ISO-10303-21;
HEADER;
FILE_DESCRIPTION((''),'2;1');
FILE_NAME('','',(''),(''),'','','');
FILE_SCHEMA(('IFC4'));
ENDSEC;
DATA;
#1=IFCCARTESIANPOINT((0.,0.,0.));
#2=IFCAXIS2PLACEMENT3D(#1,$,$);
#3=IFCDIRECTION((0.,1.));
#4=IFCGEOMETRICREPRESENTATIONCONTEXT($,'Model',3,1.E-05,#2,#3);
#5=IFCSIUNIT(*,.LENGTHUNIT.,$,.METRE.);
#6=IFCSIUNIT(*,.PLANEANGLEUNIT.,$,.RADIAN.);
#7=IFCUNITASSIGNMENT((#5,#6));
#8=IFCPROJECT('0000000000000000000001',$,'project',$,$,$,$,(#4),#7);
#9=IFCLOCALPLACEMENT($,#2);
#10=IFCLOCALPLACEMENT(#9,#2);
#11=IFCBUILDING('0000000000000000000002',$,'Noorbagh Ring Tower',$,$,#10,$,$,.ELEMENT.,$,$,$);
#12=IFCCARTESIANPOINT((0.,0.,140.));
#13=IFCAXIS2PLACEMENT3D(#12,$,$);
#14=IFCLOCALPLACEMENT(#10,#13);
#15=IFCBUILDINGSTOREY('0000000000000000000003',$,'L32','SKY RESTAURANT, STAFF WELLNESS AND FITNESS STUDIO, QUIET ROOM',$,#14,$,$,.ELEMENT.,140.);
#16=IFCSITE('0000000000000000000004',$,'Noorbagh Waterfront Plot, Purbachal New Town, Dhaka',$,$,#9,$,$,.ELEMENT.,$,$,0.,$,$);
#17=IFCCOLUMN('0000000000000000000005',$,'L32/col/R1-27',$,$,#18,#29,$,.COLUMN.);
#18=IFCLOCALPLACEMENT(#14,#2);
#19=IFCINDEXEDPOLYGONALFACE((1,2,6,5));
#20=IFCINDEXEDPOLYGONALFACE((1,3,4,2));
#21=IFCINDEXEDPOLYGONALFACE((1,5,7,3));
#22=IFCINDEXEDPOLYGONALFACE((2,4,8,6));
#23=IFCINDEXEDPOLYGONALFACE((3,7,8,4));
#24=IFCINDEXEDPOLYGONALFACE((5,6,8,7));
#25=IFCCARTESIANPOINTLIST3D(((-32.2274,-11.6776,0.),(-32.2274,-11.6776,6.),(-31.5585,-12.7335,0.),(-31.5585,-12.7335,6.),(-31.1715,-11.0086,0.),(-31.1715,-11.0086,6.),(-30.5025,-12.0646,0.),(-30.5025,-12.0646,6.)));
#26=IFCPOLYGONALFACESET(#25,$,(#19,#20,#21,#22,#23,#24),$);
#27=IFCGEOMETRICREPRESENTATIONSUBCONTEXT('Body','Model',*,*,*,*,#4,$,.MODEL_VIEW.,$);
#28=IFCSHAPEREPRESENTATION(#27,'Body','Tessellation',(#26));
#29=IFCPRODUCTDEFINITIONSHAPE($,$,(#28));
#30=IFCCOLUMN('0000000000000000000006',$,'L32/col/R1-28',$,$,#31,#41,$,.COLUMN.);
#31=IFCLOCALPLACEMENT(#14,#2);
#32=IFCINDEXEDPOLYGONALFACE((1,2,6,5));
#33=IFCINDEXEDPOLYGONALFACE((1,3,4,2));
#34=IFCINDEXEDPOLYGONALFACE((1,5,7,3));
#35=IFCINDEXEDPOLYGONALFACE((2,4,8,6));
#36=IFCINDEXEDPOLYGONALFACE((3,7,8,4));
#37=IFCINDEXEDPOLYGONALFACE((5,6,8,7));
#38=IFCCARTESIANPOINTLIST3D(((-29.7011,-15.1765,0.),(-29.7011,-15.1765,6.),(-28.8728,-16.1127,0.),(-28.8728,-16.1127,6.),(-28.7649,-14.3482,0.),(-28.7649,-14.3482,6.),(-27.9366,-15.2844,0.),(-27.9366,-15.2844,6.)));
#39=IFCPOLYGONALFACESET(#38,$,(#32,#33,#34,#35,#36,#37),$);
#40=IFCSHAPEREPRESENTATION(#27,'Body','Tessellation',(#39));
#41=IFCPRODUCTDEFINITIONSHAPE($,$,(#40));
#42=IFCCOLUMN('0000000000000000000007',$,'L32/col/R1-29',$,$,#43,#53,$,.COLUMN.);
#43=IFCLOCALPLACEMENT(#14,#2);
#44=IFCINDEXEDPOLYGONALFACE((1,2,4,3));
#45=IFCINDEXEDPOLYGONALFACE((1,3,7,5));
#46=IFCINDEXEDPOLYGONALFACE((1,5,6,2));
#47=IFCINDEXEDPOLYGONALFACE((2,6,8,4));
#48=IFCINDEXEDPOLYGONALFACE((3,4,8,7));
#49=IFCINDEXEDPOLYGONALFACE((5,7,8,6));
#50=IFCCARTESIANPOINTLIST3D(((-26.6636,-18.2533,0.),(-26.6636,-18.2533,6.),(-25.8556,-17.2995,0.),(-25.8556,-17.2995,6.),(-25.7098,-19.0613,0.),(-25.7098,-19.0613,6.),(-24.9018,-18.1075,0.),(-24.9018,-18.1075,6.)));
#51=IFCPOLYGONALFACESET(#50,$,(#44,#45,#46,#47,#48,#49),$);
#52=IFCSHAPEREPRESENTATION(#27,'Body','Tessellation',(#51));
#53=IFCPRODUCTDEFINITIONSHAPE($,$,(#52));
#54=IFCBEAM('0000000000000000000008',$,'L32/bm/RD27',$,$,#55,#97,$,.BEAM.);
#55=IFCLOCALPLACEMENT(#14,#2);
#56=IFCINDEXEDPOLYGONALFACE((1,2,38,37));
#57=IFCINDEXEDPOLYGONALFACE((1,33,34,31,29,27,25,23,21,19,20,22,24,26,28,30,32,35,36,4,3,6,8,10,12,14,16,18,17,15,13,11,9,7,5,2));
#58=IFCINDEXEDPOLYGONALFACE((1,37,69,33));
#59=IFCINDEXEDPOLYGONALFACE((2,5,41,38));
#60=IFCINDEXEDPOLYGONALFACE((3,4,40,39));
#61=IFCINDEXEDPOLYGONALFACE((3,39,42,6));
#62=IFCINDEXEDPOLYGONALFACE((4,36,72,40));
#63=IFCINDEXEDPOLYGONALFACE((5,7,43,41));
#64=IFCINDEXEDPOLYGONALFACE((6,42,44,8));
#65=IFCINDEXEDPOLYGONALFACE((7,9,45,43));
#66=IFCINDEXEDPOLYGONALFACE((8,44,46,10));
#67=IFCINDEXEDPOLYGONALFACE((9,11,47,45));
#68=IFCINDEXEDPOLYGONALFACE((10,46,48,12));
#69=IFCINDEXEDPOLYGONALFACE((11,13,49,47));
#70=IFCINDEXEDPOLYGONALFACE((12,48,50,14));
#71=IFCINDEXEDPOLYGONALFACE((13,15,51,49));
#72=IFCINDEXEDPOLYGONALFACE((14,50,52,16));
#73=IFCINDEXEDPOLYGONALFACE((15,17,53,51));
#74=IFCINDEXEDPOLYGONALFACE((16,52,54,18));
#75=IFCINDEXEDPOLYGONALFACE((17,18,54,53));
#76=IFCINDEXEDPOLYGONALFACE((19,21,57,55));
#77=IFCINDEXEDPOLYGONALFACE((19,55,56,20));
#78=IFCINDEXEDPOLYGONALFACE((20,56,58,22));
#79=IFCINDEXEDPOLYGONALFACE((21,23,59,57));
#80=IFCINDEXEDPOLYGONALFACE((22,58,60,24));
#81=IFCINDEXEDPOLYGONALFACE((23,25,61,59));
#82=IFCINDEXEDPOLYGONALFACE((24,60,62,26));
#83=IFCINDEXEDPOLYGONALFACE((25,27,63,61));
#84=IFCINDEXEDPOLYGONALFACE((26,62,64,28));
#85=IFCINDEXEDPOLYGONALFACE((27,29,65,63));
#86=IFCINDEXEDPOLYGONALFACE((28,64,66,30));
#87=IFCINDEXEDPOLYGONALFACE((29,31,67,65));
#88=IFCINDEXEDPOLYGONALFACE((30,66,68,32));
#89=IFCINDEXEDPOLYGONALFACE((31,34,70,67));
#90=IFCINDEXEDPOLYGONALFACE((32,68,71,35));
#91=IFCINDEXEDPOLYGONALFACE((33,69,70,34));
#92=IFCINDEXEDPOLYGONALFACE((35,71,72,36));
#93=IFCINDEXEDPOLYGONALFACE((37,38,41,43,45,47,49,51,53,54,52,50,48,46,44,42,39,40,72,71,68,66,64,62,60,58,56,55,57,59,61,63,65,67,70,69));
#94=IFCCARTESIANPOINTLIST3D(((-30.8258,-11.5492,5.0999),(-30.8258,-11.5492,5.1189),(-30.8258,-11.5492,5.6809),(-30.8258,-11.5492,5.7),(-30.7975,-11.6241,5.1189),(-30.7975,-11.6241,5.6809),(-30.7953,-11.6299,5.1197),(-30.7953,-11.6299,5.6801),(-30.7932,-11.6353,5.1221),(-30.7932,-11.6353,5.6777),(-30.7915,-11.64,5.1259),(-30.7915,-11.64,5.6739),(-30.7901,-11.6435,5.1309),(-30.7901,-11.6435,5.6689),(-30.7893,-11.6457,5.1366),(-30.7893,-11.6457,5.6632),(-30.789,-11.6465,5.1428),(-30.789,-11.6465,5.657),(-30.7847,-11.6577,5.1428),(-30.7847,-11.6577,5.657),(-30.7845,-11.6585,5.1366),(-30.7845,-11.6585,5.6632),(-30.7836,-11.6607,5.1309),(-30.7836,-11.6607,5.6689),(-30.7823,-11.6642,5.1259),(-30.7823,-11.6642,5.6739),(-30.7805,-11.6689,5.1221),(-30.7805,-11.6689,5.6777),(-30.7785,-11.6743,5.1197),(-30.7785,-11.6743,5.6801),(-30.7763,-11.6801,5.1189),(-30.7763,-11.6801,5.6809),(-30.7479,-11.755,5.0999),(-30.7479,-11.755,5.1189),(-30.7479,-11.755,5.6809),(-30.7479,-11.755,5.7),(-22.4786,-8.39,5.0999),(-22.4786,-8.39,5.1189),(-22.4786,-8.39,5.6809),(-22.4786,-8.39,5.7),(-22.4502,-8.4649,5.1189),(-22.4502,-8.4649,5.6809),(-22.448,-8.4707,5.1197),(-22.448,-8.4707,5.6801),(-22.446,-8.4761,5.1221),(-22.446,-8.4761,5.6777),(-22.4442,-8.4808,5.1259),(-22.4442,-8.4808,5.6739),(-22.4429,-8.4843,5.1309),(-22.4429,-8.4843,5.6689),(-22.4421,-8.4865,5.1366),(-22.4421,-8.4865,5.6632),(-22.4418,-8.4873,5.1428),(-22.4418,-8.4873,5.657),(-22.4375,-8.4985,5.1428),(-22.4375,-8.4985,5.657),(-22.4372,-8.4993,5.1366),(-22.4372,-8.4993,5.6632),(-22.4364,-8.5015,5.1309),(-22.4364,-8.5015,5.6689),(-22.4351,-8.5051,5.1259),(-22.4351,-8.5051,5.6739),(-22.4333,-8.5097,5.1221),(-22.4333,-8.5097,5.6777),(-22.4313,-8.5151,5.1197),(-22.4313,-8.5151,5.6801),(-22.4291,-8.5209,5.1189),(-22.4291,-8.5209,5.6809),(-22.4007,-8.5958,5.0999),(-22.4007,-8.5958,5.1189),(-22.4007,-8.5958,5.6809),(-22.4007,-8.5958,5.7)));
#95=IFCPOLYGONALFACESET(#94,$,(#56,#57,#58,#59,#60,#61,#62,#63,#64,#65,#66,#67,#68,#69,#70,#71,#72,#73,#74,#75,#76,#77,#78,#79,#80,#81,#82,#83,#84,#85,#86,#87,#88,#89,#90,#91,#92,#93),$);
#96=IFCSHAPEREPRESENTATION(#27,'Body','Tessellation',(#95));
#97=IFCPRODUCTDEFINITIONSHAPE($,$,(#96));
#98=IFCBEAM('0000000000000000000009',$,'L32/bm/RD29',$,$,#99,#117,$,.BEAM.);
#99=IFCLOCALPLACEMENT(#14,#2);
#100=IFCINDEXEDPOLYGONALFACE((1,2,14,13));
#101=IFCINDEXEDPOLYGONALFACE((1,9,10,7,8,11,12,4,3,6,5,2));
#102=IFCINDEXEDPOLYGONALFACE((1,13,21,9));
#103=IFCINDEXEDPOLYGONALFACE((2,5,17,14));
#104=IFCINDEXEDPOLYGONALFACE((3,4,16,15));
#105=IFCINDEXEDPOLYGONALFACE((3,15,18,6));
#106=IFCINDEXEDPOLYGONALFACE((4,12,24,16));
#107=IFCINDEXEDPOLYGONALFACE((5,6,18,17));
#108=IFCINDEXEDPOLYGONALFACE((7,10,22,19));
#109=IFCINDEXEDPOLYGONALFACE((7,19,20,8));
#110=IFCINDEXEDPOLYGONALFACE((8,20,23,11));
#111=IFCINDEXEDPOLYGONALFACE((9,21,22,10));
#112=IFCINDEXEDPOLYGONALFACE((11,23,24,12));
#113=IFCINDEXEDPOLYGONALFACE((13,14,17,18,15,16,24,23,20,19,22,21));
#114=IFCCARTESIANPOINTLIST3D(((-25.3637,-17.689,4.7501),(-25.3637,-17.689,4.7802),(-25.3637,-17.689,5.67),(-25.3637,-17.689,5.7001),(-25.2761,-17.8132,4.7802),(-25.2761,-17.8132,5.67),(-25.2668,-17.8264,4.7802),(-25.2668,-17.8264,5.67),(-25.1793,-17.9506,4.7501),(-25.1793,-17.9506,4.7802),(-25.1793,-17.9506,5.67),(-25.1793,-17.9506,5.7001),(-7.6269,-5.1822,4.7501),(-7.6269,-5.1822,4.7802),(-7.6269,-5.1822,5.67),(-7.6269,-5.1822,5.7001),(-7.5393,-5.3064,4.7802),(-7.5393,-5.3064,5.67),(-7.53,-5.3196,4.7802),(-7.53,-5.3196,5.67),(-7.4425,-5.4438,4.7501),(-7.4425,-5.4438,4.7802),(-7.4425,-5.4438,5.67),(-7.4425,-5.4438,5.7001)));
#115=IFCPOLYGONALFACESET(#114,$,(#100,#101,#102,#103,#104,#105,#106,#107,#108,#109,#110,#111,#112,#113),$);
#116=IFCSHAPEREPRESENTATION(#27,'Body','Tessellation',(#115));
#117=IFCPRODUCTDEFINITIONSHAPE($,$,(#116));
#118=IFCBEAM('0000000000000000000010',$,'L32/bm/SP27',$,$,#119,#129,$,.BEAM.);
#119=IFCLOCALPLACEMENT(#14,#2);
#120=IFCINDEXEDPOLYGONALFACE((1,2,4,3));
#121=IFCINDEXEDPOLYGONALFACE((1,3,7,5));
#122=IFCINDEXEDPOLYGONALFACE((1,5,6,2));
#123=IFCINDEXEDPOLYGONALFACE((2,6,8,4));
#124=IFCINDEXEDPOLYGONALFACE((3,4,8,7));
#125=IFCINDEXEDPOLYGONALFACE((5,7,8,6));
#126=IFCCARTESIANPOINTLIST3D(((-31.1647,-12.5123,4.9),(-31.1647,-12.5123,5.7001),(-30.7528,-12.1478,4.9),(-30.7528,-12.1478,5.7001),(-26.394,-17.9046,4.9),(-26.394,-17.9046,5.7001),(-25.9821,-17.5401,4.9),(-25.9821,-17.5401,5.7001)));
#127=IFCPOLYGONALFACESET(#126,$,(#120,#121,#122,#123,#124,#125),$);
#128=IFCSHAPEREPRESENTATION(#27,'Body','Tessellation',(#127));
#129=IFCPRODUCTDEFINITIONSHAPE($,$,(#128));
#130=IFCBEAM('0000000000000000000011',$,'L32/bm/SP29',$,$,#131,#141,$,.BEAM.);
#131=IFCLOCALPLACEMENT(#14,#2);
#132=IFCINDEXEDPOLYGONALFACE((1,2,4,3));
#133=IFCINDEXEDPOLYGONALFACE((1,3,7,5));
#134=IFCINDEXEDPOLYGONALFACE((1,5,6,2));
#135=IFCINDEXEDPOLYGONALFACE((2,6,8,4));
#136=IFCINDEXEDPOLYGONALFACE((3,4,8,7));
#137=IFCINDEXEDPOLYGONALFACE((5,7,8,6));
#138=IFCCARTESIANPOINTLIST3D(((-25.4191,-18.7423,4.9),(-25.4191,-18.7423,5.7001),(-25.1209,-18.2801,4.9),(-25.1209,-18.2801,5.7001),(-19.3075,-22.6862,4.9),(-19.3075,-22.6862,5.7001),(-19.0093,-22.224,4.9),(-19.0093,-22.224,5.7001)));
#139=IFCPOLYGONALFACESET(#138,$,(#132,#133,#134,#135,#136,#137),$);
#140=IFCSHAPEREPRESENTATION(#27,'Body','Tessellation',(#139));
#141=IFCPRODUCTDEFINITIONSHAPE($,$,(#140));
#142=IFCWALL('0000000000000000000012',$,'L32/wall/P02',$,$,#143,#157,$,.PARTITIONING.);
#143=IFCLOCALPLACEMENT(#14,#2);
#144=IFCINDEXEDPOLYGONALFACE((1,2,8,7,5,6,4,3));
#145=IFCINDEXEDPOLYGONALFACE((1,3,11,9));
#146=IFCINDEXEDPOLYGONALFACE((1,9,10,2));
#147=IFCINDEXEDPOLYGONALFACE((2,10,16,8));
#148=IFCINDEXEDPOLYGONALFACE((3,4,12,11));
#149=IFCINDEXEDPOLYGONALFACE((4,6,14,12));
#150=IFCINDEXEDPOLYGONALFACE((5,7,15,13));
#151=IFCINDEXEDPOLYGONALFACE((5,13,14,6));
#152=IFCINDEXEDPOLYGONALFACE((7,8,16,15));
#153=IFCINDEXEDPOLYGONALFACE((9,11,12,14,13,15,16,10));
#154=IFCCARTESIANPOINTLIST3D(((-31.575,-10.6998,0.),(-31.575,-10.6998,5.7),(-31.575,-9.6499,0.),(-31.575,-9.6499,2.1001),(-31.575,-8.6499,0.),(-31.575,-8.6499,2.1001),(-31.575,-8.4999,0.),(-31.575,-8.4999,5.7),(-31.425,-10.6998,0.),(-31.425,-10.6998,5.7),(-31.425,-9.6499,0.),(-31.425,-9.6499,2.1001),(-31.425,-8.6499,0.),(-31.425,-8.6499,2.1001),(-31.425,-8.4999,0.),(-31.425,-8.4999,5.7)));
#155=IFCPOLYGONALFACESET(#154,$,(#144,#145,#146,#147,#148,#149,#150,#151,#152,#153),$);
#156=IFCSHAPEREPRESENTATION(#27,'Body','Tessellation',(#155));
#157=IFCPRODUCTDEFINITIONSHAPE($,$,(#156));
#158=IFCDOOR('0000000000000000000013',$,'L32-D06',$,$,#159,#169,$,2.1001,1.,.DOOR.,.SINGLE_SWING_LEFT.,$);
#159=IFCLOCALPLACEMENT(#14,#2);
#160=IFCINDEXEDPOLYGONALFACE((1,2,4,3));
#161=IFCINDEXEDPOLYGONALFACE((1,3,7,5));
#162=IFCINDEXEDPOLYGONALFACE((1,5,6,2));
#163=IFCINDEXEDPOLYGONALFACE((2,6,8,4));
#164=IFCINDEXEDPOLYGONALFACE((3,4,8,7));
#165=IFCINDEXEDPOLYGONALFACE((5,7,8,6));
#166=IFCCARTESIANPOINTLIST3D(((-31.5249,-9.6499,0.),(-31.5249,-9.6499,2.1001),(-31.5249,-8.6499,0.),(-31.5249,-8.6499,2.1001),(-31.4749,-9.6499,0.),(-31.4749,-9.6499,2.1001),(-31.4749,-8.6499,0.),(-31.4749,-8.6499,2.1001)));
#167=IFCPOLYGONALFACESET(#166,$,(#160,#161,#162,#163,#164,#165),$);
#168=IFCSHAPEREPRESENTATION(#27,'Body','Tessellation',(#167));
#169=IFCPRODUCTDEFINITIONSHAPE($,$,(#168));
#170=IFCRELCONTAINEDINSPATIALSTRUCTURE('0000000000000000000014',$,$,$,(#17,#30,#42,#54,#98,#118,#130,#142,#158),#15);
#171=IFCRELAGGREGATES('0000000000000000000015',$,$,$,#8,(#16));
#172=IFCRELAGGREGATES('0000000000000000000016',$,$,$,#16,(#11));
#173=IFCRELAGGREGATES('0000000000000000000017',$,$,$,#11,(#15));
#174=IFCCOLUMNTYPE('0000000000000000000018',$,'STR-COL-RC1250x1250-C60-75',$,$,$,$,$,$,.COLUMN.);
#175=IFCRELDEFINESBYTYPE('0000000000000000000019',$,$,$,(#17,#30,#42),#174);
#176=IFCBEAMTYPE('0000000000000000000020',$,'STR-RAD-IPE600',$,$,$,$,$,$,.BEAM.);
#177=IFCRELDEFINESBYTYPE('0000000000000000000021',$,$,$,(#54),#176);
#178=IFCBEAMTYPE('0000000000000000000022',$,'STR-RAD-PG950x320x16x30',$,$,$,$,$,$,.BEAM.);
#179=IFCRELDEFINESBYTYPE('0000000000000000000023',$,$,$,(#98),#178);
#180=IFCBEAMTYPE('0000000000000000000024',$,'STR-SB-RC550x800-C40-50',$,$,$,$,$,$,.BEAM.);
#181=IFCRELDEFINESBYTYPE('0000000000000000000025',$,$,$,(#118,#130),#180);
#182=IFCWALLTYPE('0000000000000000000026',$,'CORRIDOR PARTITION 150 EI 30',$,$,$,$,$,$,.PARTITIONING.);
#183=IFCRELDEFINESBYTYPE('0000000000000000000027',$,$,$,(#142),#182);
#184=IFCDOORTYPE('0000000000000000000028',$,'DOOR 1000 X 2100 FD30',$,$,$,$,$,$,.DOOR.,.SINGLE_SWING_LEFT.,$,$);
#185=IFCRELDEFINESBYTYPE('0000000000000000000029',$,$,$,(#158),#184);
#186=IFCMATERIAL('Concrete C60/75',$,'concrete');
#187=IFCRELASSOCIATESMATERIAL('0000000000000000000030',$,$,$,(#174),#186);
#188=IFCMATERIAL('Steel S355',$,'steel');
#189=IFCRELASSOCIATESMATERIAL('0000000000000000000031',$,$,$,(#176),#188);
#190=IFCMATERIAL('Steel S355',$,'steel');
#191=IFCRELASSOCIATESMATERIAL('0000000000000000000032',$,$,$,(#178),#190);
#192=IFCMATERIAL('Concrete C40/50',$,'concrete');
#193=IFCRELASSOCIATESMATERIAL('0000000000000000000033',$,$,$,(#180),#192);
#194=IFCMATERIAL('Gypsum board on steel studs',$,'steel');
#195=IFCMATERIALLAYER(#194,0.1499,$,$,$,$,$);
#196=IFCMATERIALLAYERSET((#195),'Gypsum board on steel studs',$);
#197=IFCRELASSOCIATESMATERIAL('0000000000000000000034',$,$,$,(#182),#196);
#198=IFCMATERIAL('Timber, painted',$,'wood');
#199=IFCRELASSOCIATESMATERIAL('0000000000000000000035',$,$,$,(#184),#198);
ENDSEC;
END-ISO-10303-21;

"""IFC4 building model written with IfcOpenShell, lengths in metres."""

from ifc_helpers import new_model, si_unit, direction, frame, frame_2d, origin, origin_2d, place, context, subcontext, project, spatial, rectangle, i_section, extrude, material, layer, layer_set, material_profile, profile_set, type_object, element, fill, save


model = new_model("IFC4")

# Units and contexts
model_context = context("Model", 3, precision=1e-05, world=origin(), true_north=direction((0.0, 1.0)))
body_context = subcontext(model_context, "Body", "Model", "MODEL_VIEW")
ifc_project = project(units=[si_unit("LENGTHUNIT", "METRE"), si_unit("PLANEANGLEUNIT", "RADIAN")], contexts=[model_context])

# Site, building, storey
site_placement = place(None, origin())
site = spatial("IfcSite", under=ifc_project, at=site_placement, Name="Noorbagh Waterfront Plot, Purbachal New Town, Dhaka", CompositionType="ELEMENT", RefElevation=0.0)
building_placement = place(site_placement, origin())
building = spatial("IfcBuilding", under=site, at=building_placement, Name="Noorbagh Ring Tower", CompositionType="ELEMENT")
storey_placement = place(building_placement, frame((0.0, 0.0, 140.0)))
storey = spatial("IfcBuildingStorey", under=building, at=storey_placement, Name="L32", Description="SKY RESTAURANT, STAFF WELLNESS AND FITNESS STUDIO, QUIET ROOM", CompositionType="ELEMENT", Elevation=140.0)

# Columns
ifc_material_1 = material(Name="Concrete C60/75", Category="concrete")
ifc_material_profile_1 = material_profile(ifc_material_1, rectangle(XDim=1.25, YDim=1.25, at=origin_2d()), Name="RC1250x1250")
ifc_profile_set_1 = profile_set([ifc_material_profile_1], Name="Concrete C60/75")
column_type = type_object("IfcColumnType", Name="STR-COL-RC1250x1250-C60-75", PredefinedType="COLUMN", material=ifc_profile_set_1)
for number, where, z_axis, x_axis, name in (
    (1, (-31.365, -11.8711, 0.0), (0.0, 0.0, 1.0), (0.53519, -0.844731, 0.0), "L32/col/R1-27"),
    (2, (-28.8188, -15.2305, 0.0), (0.0, 0.0, 1.0), (0.662636, -0.748942, 0.0), "L32/col/R1-28"),
    (3, (-25.7827, -18.1804, 0.0), (0.0, 0.0, 1.0), (0.763035, -0.646357, 0.0), "L32/col/R1-29"),
):
    element("IfcColumn", number, at=place(storey_placement, frame(where, z_axis=z_axis, x_axis=x_axis)), inside=storey, type_object=column_type, Name=name, PredefinedType="COLUMN", context=body_context, shape_type="SweptSolid", body=[
        extrude(rectangle(XDim=1.25, YDim=1.25, at=origin_2d()), origin(), (0.0, 0.0, 1.0), 6.0),
    ])

# Beams
ifc_material_2 = material(Name="Steel S355", Category="steel")
ifc_material_profile_2 = material_profile(ifc_material_2, i_section(OverallWidth=0.22, OverallDepth=0.6001, WebThickness=0.012, FlangeThickness=0.019, FilletRadius=0.0239, at=origin_2d()), Name="IPE600")
ifc_profile_set_2 = profile_set([ifc_material_profile_2], Name="Steel S355")
beam_type_1 = type_object("IfcBeamType", Name="STR-RAD-IPE600", PredefinedType="BEAM", material=ifc_profile_set_2)
beam_1_placement = place(storey_placement, frame((-30.7869, -11.6521, 5.3999), z_axis=(0.935257, 0.35397, 0.0), x_axis=(-0.35397, 0.935257, 0.0)))
element("IfcBeam", 4, at=beam_1_placement, inside=storey, type_object=beam_type_1, Name="L32/bm/RD27", PredefinedType="BEAM", context=body_context, shape_type="SweptSolid", body=[
    extrude(i_section(OverallWidth=0.22, OverallDepth=0.6001, WebThickness=0.012, FlangeThickness=0.019, FilletRadius=0.0239, at=origin_2d()), origin(), (0.0, 0.0, 1.0), 8.925),
])
ifc_material_3 = material(Name="Steel S355", Category="steel")
ifc_material_profile_3 = material_profile(ifc_material_3, i_section(OverallWidth=0.3201, OverallDepth=0.95, WebThickness=0.0161, FlangeThickness=0.03, at=origin_2d()), Name="PG950x320x16x30")
ifc_profile_set_3 = profile_set([ifc_material_profile_3], Name="Steel S355")
beam_type_2 = type_object("IfcBeamType", Name="STR-RAD-PG950x320x16x30", PredefinedType="BEAM", material=ifc_profile_set_3)
beam_2_placement = place(storey_placement, frame((-25.2715, -17.8198, 5.2251), z_axis=(0.817256, 0.576275, 0.0), x_axis=(-0.576275, 0.817256, 0.0)))
element("IfcBeam", 5, at=beam_2_placement, inside=storey, type_object=beam_type_2, Name="L32/bm/RD29", PredefinedType="BEAM", context=body_context, shape_type="SweptSolid", body=[
    extrude(i_section(OverallWidth=0.3201, OverallDepth=0.95, WebThickness=0.0161, FlangeThickness=0.03, at=origin_2d()), origin(), (0.0, 0.0, 1.0), 21.7029),
])
ifc_material_4 = material(Name="Concrete C40/50", Category="concrete")
ifc_material_profile_4 = material_profile(ifc_material_4, rectangle(XDim=0.55, YDim=0.8, at=origin_2d()), Name="RC550x800")
ifc_profile_set_4 = profile_set([ifc_material_profile_4], Name="Concrete C40/50")
beam_type_3 = type_object("IfcBeamType", Name="STR-SB-RC550x800-C40-50", PredefinedType="BEAM", material=ifc_profile_set_4)
beam_3_placement = place(storey_placement, frame((-30.9587, -12.3301, 5.3), z_axis=(0.662621, -0.748954, 0.0), x_axis=(0.748954, 0.662621, 0.0)))
element("IfcBeam", 6, at=beam_3_placement, inside=storey, type_object=beam_type_3, Name="L32/bm/SP27", PredefinedType="BEAM", context=body_context, shape_type="SweptSolid", body=[
    extrude(rectangle(XDim=0.55, YDim=0.8, at=origin_2d()), origin(), (0.0, 0.0, 1.0), 7.1997),
])
beam_4_placement = place(storey_placement, frame((-25.27, -18.5112, 5.3), z_axis=(0.84024, -0.542214, 0.0), x_axis=(0.542214, 0.84024, 0.0)))
element("IfcBeam", 7, at=beam_4_placement, inside=storey, type_object=beam_type_3, Name="L32/bm/SP29", PredefinedType="BEAM", context=body_context, shape_type="SweptSolid", body=[
    extrude(rectangle(XDim=0.55, YDim=0.8, at=origin_2d()), origin(), (0.0, 0.0, 1.0), 7.2737),
])

# Wall, opening, door
ifc_material_5 = material(Name="Gypsum board on steel studs", Category="steel")
ifc_layer_1 = layer(ifc_material_5, 0.1499)
ifc_layer_set_1 = layer_set([ifc_layer_1], Name="Gypsum board on steel studs")
wall_type_1 = type_object("IfcWallType", Name="CORRIDOR PARTITION 150 EI 30", PredefinedType="PARTITIONING", material=ifc_layer_set_1)
wall_1_placement = place(storey_placement, frame((-31.5, -10.7, 0.0), z_axis=(0.0, 0.0, 1.0), x_axis=(0.0, 1.0, 0.0)))
wall_1 = element("IfcWall", 8, at=wall_1_placement, inside=storey, type_object=wall_type_1, Name="L32/wall/P02", PredefinedType="PARTITIONING", context=body_context, shape_type="SweptSolid", body=[
    extrude(rectangle(XDim=2.2, YDim=0.1499, at=frame_2d((1.1001, 0.0))), origin(), (0.0, 0.0, 1.0), 5.7),
])
opening_1_placement = place(wall_1_placement, frame((1.05, 0.0, 0.0)))
opening_1 = element("IfcOpeningElement", 9, at=opening_1_placement, cuts=wall_1, PredefinedType="OPENING", context=body_context, shape_type="SweptSolid", body=[
    extrude(rectangle(XDim=1.0, YDim=2.1001, at=frame_2d((0.5, 1.05))), frame((0.0, 0.085, 0.0), z_axis=(0.0, -1.0, 0.0), x_axis=(1.0, 0.0, 0.0)), (0.0, 0.0, 1.0), 0.1699),
])
ifc_material_6 = material(Name="Timber, painted", Category="wood")
door_type = type_object("IfcDoorType", Name="DOOR 1000 X 2100 FD30", OperationType="SINGLE_SWING_LEFT", PredefinedType="DOOR", material=ifc_material_6)
door_1_placement = place(opening_1_placement, origin())
door_1 = element("IfcDoor", 10, at=door_1_placement, inside=storey, type_object=door_type, Name="L32-D06", OperationType="SINGLE_SWING_LEFT", OverallHeight=2.1001, OverallWidth=1.0, PredefinedType="DOOR", context=body_context, shape_type="SweptSolid", body=[
    extrude(rectangle(XDim=1.0, YDim=2.1001, at=frame_2d((0.5, 1.05))), frame((0.0, 0.0249, 0.0), z_axis=(0.0, -1.0, 0.0), x_axis=(1.0, 0.0, 0.0)), (0.0, 0.0, 1.0), 0.05),
])
fill(opening_1, door_1)

save(model, "model.ifc")
